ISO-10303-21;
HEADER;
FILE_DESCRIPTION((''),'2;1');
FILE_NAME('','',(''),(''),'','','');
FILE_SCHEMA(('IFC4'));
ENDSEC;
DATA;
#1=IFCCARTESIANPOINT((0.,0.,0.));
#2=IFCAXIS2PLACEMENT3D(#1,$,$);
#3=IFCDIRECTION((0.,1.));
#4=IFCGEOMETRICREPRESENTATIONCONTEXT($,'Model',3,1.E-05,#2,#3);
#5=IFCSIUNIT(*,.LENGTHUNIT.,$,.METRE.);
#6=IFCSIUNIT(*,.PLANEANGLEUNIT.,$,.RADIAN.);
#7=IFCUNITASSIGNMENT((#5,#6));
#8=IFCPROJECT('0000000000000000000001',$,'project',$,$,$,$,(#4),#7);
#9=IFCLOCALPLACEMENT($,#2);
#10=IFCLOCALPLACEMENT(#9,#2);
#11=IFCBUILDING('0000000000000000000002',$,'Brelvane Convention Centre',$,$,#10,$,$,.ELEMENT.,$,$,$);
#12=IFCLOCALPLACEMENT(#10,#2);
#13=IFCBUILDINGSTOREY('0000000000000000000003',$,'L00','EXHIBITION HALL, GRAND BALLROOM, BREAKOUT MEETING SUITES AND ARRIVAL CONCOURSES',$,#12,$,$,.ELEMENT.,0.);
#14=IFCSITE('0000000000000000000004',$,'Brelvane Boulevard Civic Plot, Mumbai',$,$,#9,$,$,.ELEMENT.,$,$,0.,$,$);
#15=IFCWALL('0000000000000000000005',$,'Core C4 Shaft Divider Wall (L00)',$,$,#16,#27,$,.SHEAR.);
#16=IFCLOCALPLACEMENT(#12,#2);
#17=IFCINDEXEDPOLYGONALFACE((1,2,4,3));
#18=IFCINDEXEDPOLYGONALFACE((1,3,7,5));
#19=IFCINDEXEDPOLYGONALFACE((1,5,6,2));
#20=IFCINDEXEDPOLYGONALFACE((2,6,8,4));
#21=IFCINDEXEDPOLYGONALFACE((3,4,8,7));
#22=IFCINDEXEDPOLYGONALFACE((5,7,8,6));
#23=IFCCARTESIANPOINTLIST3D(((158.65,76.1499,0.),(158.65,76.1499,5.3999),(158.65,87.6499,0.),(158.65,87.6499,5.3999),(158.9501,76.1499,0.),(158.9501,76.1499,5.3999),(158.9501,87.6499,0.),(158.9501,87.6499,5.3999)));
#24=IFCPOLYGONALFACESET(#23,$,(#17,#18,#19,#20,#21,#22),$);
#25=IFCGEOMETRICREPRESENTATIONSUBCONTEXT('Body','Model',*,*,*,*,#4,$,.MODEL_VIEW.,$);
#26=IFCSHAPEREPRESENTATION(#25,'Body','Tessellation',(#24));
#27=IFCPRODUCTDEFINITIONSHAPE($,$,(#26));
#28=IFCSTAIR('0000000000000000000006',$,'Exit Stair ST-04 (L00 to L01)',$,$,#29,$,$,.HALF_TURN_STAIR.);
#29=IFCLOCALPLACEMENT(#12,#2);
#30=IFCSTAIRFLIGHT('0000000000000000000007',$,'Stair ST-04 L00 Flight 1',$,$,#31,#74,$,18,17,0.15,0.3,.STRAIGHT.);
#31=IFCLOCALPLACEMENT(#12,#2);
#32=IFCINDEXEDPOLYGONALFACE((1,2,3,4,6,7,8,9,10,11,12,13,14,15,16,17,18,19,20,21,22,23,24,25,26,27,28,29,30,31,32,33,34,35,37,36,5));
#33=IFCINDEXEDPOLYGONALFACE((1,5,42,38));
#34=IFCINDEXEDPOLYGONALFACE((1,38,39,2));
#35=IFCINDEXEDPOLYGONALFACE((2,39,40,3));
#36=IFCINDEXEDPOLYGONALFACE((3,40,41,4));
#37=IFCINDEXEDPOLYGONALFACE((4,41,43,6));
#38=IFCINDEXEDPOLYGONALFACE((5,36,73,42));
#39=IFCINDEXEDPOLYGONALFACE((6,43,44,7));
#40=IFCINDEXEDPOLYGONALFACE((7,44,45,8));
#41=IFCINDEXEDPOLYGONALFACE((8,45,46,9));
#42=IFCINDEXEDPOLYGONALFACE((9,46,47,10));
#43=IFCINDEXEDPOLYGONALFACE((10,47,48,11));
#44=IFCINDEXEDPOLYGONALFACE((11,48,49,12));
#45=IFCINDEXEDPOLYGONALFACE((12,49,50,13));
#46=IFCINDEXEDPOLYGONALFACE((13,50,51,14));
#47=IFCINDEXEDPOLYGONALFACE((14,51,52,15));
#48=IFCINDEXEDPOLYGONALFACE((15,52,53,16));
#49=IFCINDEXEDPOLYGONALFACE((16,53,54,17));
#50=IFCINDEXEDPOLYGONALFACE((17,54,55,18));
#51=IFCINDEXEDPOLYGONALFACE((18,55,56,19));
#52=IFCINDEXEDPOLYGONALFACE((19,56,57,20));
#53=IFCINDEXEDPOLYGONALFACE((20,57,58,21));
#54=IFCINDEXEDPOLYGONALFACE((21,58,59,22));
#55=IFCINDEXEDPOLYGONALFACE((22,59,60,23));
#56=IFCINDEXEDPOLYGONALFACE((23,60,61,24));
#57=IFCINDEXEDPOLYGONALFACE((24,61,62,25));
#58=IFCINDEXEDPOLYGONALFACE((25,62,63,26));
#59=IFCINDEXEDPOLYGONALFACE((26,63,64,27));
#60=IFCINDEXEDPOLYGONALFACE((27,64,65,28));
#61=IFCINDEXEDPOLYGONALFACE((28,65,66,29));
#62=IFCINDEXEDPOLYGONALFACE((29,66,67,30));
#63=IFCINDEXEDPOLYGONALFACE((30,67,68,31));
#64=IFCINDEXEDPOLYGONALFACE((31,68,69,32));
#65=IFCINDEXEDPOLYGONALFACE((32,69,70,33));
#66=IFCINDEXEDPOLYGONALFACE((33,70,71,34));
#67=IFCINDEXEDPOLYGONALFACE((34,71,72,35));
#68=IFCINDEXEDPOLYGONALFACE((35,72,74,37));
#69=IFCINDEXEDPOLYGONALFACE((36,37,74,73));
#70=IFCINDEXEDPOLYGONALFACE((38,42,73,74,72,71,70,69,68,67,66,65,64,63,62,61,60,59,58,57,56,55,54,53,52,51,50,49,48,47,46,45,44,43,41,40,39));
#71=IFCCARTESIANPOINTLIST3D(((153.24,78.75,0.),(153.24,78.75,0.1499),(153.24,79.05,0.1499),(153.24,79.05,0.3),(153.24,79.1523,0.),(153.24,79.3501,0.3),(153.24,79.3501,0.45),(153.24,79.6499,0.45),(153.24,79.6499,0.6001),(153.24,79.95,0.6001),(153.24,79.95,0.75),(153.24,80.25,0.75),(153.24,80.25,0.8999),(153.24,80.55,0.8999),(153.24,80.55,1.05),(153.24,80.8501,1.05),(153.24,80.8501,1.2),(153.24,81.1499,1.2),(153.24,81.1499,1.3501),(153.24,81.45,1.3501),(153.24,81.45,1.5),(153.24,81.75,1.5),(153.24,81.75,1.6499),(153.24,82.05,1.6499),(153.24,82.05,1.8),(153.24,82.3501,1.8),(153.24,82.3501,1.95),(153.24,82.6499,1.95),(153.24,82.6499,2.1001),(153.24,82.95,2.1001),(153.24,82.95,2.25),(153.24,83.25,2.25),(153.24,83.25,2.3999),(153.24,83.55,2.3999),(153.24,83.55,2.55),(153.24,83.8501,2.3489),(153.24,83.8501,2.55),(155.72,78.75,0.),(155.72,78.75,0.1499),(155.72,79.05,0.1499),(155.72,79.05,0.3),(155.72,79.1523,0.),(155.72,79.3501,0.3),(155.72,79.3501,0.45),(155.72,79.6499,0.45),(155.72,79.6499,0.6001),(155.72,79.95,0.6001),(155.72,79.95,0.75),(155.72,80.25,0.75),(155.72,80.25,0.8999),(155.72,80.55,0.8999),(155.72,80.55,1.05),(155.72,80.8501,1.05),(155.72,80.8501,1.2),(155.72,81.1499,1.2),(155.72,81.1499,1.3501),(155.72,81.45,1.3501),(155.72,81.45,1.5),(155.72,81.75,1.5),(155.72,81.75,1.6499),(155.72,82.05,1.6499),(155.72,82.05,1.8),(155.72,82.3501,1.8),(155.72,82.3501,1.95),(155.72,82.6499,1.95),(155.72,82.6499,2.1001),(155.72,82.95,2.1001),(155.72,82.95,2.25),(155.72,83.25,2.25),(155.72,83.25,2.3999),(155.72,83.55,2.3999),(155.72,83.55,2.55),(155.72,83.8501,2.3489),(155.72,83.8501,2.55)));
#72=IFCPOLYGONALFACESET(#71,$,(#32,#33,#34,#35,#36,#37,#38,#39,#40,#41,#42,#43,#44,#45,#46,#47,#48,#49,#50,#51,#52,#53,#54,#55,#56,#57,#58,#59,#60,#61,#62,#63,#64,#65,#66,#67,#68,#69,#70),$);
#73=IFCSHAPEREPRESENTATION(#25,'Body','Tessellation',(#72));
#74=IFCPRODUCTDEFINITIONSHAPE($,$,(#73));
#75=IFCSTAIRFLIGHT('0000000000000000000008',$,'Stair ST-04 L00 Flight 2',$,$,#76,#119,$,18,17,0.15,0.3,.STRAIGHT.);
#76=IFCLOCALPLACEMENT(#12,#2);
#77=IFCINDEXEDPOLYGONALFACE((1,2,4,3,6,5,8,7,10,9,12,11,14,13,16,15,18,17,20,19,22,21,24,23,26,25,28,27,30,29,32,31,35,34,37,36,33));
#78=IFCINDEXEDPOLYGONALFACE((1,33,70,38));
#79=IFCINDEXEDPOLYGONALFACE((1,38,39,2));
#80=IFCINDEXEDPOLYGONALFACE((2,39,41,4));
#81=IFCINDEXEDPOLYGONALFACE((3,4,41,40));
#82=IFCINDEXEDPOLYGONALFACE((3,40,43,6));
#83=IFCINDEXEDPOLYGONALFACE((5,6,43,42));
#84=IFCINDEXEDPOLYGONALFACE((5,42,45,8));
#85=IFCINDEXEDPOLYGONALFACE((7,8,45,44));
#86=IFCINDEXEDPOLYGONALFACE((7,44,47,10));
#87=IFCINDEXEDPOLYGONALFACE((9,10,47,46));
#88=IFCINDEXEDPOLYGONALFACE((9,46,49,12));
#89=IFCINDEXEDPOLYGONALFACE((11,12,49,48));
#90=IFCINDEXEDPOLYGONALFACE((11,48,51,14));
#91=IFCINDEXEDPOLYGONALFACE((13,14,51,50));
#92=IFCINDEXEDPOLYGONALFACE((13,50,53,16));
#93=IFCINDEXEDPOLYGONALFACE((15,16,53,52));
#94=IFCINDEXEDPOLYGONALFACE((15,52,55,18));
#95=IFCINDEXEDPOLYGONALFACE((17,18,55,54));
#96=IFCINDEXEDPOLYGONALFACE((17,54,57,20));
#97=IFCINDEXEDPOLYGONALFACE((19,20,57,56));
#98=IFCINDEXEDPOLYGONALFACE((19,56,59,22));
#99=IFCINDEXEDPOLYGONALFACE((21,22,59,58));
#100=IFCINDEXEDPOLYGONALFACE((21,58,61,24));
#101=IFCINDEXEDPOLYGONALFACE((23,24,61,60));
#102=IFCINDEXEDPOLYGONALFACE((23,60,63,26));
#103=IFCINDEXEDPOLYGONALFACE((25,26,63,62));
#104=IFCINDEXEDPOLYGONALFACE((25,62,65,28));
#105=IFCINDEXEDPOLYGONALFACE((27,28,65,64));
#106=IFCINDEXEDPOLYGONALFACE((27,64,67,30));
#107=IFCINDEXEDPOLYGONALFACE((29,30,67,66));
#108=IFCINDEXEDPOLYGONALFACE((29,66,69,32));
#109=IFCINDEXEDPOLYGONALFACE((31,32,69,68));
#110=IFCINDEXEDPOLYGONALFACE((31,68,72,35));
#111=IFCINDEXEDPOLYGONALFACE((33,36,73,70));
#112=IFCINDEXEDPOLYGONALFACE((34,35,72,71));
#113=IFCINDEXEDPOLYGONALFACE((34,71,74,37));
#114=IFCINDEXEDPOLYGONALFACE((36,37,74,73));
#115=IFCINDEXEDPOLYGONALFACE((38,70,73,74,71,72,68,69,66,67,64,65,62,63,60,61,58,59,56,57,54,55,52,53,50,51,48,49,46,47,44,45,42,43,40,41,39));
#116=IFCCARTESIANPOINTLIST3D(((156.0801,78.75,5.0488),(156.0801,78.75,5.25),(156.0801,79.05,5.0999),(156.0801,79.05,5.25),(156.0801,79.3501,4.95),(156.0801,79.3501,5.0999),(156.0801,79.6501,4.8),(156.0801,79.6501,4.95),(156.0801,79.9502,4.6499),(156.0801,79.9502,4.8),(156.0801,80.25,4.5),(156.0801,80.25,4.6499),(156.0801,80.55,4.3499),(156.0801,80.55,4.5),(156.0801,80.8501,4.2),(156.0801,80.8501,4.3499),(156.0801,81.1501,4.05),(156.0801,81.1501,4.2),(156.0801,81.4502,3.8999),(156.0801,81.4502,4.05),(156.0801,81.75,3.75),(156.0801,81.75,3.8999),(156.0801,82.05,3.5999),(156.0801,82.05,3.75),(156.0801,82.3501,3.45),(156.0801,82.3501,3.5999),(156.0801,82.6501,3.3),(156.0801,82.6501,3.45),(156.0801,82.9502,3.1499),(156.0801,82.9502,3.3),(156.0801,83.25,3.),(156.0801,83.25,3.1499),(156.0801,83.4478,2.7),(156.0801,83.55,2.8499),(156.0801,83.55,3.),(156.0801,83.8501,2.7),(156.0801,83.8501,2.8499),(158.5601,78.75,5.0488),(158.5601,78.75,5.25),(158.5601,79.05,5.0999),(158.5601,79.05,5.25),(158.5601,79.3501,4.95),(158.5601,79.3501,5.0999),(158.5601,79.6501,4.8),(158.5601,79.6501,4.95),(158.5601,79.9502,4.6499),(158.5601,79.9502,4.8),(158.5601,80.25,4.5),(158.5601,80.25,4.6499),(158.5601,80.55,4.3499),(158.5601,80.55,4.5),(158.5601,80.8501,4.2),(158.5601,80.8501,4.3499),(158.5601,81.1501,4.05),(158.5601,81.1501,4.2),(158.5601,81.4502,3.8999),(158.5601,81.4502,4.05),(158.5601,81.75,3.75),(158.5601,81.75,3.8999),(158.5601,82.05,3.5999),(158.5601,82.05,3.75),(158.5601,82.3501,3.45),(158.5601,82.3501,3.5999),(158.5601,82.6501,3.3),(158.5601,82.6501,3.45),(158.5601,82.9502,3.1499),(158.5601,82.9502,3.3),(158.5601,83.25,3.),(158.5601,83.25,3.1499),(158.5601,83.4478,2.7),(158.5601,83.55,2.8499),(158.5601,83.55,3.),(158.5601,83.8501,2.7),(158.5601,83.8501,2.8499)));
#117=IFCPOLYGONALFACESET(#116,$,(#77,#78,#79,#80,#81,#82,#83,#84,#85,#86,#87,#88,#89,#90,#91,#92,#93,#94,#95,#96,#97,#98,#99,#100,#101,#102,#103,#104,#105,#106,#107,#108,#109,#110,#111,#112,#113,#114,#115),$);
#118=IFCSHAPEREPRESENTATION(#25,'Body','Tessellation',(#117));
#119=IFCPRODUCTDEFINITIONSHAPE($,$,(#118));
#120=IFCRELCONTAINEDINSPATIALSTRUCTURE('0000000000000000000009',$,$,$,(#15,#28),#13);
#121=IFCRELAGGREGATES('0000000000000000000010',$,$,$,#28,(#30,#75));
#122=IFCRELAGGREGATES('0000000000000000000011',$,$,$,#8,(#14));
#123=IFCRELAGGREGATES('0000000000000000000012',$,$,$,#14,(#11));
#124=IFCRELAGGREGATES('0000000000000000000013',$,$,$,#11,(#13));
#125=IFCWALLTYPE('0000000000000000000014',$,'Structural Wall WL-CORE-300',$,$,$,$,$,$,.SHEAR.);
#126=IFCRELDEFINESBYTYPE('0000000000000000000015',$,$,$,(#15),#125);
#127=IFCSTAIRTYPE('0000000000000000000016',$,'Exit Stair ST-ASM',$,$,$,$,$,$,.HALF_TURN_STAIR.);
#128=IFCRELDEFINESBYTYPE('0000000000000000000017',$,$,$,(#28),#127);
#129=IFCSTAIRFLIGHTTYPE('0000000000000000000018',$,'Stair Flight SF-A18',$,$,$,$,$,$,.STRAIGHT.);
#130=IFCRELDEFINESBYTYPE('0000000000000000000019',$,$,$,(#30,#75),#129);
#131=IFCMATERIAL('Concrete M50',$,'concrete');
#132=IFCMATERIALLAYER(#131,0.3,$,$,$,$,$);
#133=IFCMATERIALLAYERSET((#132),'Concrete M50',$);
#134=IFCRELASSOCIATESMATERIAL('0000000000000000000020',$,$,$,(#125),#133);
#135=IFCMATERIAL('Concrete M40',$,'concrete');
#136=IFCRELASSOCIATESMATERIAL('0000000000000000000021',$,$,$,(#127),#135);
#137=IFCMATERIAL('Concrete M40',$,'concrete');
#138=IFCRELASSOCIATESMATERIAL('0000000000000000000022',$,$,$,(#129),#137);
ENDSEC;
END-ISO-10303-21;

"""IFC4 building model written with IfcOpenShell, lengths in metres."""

from ifc_helpers import new_model, si_unit, direction, frame, frame_2d, origin, place, context, subcontext, project, spatial, polyline, rectangle, outline, extrude, material, layer, layer_set, type_object, element, aggregate, save


model = new_model("IFC4")

# Units and contexts
model_context = context("Model", 3, precision=1e-05, world=origin(), true_north=direction((0.0, 1.0)))
body_context = subcontext(model_context, "Body", "Model", "MODEL_VIEW")
ifc_project = project(units=[si_unit("LENGTHUNIT", "METRE"), si_unit("PLANEANGLEUNIT", "RADIAN")], contexts=[model_context])

# Site, building, storey
site_placement = place(None, origin())
site = spatial("IfcSite", under=ifc_project, at=site_placement, Name="Brelvane Boulevard Civic Plot, Mumbai", CompositionType="ELEMENT", RefElevation=0.0)
building_placement = place(site_placement, origin())
building = spatial("IfcBuilding", under=site, at=building_placement, Name="Brelvane Convention Centre", CompositionType="ELEMENT")
storey_placement = place(building_placement, origin())
storey = spatial("IfcBuildingStorey", under=building, at=storey_placement, Name="L00", Description="EXHIBITION HALL, GRAND BALLROOM, BREAKOUT MEETING SUITES AND ARRIVAL CONCOURSES", CompositionType="ELEMENT", Elevation=0.0)

# Wall
ifc_material_1 = material(Name="Concrete M50", Category="concrete")
ifc_layer_1 = layer(ifc_material_1, 0.3)
ifc_layer_set_1 = layer_set([ifc_layer_1], Name="Concrete M50")
wall_type_1 = type_object("IfcWallType", Name="Structural Wall WL-CORE-300", PredefinedType="SHEAR", material=ifc_layer_set_1)
wall_1_placement = place(storey_placement, frame((158.8, 76.1499, 0.0), z_axis=(0.0, 0.0, 1.0), x_axis=(0.0, 1.0, 0.0)))
element("IfcWall", 1, at=wall_1_placement, inside=storey, type_object=wall_type_1, Name="Core C4 Shaft Divider Wall (L00)", PredefinedType="SHEAR", context=body_context, shape_type="SweptSolid", body=[
    extrude(rectangle(XDim=11.5, YDim=0.3, at=frame_2d((5.75, 0.0))), origin(), (0.0, 0.0, 1.0), 5.3999),
])

# Stair, stair flights
ifc_material_2 = material(Name="Concrete M40", Category="concrete")
stair_type = type_object("IfcStairType", Name="Exit Stair ST-ASM", PredefinedType="HALF_TURN_STAIR", material=ifc_material_2)
stair_placement = place(storey_placement, origin())
stair = element("IfcStair", 2, at=stair_placement, inside=storey, type_object=stair_type, Name="Exit Stair ST-04 (L00 to L01)", PredefinedType="HALF_TURN_STAIR")
ifc_material_3 = material(Name="Concrete M40", Category="concrete")
stair_flight_type = type_object("IfcStairFlightType", Name="Stair Flight SF-A18", PredefinedType="STRAIGHT", material=ifc_material_3)
stair_flight_1_placement = place(storey_placement, frame((154.48, 78.75, 0.0), z_axis=(0.0, 0.0, 1.0), x_axis=(0.0, 1.0, 0.0)))
stair_flight_1 = element("IfcStairFlight", 3, at=stair_flight_1_placement, type_object=stair_flight_type, Name="Stair ST-04 L00 Flight 1", NumberOfRisers=18, NumberOfTreads=17, PredefinedType="STRAIGHT", RiserHeight=0.15, TreadLength=0.3, context=body_context, shape_type="SweptSolid", body=[
    extrude(outline(polyline([(0.0, 0.0), (0.0, 0.1499), (0.3, 0.1499), (0.3, 0.3), (0.6001, 0.3), (0.6001, 0.45), (0.8999, 0.45), (0.8999, 0.6001), (1.2, 0.6001), (1.2, 0.75), (1.5, 0.75), (1.5, 0.8999), (1.8, 0.8999), (1.8, 1.05), (2.1001, 1.05), (2.1001, 1.2), (2.3999, 1.2), (2.3999, 1.3501), (2.7, 1.3501), (2.7, 1.5), (3.0, 1.5), (3.0, 1.6499), (3.3, 1.6499), (3.3, 1.8), (3.6001, 1.8), (3.6001, 1.95), (3.8999, 1.95), (3.8999, 2.1001), (4.2, 2.1001), (4.2, 2.25), (4.5, 2.25), (4.5, 2.3999), (4.8, 2.3999), (4.8, 2.55), (5.1001, 2.55), (5.1001, 2.7), (5.1001, 2.3489), (0.4023, 0.0), (0.0, 0.0)])), frame((0.0, 1.24, 0.0), z_axis=(0.0, -1.0, 0.0), x_axis=(1.0, 0.0, 0.0)), (0.0, 0.0, 1.0), 2.48),
])
stair_flight_2_placement = place(storey_placement, frame((157.3201, 83.8501, 2.7), z_axis=(0.0, 0.0, 1.0), x_axis=(0.0, -1.0, 0.0)))
stair_flight_2 = element("IfcStairFlight", 4, at=stair_flight_2_placement, type_object=stair_flight_type, Name="Stair ST-04 L00 Flight 2", NumberOfRisers=18, NumberOfTreads=17, PredefinedType="STRAIGHT", RiserHeight=0.15, TreadLength=0.3, context=body_context, shape_type="SweptSolid", body=[
    extrude(outline(polyline([(0.0, 0.0), (0.0, 0.1499), (0.3, 0.1499), (0.3, 0.3), (0.6001, 0.3), (0.6001, 0.45), (0.8999, 0.45), (0.8999, 0.6001), (1.2, 0.6001), (1.2, 0.75), (1.5, 0.75), (1.5, 0.8999), (1.8, 0.8999), (1.8, 1.05), (2.1001, 1.05), (2.1001, 1.2), (2.3999, 1.2), (2.3999, 1.3501), (2.7, 1.3501), (2.7, 1.5), (3.0, 1.5), (3.0, 1.6499), (3.3, 1.6499), (3.3, 1.8), (3.6001, 1.8), (3.6001, 1.95), (3.8999, 1.95), (3.8999, 2.1001), (4.2, 2.1001), (4.2, 2.25), (4.5, 2.25), (4.5, 2.3999), (4.8, 2.3999), (4.8, 2.55), (5.1001, 2.55), (5.1001, 2.7), (5.1001, 2.3489), (0.4023, 0.0), (0.0, 0.0)])), frame((0.0, 1.24, 0.0), z_axis=(0.0, -1.0, 0.0), x_axis=(1.0, 0.0, 0.0)), (0.0, 0.0, 1.0), 2.48),
])
aggregate(stair, [stair_flight_1, stair_flight_2])

save(model, "model.ifc")
